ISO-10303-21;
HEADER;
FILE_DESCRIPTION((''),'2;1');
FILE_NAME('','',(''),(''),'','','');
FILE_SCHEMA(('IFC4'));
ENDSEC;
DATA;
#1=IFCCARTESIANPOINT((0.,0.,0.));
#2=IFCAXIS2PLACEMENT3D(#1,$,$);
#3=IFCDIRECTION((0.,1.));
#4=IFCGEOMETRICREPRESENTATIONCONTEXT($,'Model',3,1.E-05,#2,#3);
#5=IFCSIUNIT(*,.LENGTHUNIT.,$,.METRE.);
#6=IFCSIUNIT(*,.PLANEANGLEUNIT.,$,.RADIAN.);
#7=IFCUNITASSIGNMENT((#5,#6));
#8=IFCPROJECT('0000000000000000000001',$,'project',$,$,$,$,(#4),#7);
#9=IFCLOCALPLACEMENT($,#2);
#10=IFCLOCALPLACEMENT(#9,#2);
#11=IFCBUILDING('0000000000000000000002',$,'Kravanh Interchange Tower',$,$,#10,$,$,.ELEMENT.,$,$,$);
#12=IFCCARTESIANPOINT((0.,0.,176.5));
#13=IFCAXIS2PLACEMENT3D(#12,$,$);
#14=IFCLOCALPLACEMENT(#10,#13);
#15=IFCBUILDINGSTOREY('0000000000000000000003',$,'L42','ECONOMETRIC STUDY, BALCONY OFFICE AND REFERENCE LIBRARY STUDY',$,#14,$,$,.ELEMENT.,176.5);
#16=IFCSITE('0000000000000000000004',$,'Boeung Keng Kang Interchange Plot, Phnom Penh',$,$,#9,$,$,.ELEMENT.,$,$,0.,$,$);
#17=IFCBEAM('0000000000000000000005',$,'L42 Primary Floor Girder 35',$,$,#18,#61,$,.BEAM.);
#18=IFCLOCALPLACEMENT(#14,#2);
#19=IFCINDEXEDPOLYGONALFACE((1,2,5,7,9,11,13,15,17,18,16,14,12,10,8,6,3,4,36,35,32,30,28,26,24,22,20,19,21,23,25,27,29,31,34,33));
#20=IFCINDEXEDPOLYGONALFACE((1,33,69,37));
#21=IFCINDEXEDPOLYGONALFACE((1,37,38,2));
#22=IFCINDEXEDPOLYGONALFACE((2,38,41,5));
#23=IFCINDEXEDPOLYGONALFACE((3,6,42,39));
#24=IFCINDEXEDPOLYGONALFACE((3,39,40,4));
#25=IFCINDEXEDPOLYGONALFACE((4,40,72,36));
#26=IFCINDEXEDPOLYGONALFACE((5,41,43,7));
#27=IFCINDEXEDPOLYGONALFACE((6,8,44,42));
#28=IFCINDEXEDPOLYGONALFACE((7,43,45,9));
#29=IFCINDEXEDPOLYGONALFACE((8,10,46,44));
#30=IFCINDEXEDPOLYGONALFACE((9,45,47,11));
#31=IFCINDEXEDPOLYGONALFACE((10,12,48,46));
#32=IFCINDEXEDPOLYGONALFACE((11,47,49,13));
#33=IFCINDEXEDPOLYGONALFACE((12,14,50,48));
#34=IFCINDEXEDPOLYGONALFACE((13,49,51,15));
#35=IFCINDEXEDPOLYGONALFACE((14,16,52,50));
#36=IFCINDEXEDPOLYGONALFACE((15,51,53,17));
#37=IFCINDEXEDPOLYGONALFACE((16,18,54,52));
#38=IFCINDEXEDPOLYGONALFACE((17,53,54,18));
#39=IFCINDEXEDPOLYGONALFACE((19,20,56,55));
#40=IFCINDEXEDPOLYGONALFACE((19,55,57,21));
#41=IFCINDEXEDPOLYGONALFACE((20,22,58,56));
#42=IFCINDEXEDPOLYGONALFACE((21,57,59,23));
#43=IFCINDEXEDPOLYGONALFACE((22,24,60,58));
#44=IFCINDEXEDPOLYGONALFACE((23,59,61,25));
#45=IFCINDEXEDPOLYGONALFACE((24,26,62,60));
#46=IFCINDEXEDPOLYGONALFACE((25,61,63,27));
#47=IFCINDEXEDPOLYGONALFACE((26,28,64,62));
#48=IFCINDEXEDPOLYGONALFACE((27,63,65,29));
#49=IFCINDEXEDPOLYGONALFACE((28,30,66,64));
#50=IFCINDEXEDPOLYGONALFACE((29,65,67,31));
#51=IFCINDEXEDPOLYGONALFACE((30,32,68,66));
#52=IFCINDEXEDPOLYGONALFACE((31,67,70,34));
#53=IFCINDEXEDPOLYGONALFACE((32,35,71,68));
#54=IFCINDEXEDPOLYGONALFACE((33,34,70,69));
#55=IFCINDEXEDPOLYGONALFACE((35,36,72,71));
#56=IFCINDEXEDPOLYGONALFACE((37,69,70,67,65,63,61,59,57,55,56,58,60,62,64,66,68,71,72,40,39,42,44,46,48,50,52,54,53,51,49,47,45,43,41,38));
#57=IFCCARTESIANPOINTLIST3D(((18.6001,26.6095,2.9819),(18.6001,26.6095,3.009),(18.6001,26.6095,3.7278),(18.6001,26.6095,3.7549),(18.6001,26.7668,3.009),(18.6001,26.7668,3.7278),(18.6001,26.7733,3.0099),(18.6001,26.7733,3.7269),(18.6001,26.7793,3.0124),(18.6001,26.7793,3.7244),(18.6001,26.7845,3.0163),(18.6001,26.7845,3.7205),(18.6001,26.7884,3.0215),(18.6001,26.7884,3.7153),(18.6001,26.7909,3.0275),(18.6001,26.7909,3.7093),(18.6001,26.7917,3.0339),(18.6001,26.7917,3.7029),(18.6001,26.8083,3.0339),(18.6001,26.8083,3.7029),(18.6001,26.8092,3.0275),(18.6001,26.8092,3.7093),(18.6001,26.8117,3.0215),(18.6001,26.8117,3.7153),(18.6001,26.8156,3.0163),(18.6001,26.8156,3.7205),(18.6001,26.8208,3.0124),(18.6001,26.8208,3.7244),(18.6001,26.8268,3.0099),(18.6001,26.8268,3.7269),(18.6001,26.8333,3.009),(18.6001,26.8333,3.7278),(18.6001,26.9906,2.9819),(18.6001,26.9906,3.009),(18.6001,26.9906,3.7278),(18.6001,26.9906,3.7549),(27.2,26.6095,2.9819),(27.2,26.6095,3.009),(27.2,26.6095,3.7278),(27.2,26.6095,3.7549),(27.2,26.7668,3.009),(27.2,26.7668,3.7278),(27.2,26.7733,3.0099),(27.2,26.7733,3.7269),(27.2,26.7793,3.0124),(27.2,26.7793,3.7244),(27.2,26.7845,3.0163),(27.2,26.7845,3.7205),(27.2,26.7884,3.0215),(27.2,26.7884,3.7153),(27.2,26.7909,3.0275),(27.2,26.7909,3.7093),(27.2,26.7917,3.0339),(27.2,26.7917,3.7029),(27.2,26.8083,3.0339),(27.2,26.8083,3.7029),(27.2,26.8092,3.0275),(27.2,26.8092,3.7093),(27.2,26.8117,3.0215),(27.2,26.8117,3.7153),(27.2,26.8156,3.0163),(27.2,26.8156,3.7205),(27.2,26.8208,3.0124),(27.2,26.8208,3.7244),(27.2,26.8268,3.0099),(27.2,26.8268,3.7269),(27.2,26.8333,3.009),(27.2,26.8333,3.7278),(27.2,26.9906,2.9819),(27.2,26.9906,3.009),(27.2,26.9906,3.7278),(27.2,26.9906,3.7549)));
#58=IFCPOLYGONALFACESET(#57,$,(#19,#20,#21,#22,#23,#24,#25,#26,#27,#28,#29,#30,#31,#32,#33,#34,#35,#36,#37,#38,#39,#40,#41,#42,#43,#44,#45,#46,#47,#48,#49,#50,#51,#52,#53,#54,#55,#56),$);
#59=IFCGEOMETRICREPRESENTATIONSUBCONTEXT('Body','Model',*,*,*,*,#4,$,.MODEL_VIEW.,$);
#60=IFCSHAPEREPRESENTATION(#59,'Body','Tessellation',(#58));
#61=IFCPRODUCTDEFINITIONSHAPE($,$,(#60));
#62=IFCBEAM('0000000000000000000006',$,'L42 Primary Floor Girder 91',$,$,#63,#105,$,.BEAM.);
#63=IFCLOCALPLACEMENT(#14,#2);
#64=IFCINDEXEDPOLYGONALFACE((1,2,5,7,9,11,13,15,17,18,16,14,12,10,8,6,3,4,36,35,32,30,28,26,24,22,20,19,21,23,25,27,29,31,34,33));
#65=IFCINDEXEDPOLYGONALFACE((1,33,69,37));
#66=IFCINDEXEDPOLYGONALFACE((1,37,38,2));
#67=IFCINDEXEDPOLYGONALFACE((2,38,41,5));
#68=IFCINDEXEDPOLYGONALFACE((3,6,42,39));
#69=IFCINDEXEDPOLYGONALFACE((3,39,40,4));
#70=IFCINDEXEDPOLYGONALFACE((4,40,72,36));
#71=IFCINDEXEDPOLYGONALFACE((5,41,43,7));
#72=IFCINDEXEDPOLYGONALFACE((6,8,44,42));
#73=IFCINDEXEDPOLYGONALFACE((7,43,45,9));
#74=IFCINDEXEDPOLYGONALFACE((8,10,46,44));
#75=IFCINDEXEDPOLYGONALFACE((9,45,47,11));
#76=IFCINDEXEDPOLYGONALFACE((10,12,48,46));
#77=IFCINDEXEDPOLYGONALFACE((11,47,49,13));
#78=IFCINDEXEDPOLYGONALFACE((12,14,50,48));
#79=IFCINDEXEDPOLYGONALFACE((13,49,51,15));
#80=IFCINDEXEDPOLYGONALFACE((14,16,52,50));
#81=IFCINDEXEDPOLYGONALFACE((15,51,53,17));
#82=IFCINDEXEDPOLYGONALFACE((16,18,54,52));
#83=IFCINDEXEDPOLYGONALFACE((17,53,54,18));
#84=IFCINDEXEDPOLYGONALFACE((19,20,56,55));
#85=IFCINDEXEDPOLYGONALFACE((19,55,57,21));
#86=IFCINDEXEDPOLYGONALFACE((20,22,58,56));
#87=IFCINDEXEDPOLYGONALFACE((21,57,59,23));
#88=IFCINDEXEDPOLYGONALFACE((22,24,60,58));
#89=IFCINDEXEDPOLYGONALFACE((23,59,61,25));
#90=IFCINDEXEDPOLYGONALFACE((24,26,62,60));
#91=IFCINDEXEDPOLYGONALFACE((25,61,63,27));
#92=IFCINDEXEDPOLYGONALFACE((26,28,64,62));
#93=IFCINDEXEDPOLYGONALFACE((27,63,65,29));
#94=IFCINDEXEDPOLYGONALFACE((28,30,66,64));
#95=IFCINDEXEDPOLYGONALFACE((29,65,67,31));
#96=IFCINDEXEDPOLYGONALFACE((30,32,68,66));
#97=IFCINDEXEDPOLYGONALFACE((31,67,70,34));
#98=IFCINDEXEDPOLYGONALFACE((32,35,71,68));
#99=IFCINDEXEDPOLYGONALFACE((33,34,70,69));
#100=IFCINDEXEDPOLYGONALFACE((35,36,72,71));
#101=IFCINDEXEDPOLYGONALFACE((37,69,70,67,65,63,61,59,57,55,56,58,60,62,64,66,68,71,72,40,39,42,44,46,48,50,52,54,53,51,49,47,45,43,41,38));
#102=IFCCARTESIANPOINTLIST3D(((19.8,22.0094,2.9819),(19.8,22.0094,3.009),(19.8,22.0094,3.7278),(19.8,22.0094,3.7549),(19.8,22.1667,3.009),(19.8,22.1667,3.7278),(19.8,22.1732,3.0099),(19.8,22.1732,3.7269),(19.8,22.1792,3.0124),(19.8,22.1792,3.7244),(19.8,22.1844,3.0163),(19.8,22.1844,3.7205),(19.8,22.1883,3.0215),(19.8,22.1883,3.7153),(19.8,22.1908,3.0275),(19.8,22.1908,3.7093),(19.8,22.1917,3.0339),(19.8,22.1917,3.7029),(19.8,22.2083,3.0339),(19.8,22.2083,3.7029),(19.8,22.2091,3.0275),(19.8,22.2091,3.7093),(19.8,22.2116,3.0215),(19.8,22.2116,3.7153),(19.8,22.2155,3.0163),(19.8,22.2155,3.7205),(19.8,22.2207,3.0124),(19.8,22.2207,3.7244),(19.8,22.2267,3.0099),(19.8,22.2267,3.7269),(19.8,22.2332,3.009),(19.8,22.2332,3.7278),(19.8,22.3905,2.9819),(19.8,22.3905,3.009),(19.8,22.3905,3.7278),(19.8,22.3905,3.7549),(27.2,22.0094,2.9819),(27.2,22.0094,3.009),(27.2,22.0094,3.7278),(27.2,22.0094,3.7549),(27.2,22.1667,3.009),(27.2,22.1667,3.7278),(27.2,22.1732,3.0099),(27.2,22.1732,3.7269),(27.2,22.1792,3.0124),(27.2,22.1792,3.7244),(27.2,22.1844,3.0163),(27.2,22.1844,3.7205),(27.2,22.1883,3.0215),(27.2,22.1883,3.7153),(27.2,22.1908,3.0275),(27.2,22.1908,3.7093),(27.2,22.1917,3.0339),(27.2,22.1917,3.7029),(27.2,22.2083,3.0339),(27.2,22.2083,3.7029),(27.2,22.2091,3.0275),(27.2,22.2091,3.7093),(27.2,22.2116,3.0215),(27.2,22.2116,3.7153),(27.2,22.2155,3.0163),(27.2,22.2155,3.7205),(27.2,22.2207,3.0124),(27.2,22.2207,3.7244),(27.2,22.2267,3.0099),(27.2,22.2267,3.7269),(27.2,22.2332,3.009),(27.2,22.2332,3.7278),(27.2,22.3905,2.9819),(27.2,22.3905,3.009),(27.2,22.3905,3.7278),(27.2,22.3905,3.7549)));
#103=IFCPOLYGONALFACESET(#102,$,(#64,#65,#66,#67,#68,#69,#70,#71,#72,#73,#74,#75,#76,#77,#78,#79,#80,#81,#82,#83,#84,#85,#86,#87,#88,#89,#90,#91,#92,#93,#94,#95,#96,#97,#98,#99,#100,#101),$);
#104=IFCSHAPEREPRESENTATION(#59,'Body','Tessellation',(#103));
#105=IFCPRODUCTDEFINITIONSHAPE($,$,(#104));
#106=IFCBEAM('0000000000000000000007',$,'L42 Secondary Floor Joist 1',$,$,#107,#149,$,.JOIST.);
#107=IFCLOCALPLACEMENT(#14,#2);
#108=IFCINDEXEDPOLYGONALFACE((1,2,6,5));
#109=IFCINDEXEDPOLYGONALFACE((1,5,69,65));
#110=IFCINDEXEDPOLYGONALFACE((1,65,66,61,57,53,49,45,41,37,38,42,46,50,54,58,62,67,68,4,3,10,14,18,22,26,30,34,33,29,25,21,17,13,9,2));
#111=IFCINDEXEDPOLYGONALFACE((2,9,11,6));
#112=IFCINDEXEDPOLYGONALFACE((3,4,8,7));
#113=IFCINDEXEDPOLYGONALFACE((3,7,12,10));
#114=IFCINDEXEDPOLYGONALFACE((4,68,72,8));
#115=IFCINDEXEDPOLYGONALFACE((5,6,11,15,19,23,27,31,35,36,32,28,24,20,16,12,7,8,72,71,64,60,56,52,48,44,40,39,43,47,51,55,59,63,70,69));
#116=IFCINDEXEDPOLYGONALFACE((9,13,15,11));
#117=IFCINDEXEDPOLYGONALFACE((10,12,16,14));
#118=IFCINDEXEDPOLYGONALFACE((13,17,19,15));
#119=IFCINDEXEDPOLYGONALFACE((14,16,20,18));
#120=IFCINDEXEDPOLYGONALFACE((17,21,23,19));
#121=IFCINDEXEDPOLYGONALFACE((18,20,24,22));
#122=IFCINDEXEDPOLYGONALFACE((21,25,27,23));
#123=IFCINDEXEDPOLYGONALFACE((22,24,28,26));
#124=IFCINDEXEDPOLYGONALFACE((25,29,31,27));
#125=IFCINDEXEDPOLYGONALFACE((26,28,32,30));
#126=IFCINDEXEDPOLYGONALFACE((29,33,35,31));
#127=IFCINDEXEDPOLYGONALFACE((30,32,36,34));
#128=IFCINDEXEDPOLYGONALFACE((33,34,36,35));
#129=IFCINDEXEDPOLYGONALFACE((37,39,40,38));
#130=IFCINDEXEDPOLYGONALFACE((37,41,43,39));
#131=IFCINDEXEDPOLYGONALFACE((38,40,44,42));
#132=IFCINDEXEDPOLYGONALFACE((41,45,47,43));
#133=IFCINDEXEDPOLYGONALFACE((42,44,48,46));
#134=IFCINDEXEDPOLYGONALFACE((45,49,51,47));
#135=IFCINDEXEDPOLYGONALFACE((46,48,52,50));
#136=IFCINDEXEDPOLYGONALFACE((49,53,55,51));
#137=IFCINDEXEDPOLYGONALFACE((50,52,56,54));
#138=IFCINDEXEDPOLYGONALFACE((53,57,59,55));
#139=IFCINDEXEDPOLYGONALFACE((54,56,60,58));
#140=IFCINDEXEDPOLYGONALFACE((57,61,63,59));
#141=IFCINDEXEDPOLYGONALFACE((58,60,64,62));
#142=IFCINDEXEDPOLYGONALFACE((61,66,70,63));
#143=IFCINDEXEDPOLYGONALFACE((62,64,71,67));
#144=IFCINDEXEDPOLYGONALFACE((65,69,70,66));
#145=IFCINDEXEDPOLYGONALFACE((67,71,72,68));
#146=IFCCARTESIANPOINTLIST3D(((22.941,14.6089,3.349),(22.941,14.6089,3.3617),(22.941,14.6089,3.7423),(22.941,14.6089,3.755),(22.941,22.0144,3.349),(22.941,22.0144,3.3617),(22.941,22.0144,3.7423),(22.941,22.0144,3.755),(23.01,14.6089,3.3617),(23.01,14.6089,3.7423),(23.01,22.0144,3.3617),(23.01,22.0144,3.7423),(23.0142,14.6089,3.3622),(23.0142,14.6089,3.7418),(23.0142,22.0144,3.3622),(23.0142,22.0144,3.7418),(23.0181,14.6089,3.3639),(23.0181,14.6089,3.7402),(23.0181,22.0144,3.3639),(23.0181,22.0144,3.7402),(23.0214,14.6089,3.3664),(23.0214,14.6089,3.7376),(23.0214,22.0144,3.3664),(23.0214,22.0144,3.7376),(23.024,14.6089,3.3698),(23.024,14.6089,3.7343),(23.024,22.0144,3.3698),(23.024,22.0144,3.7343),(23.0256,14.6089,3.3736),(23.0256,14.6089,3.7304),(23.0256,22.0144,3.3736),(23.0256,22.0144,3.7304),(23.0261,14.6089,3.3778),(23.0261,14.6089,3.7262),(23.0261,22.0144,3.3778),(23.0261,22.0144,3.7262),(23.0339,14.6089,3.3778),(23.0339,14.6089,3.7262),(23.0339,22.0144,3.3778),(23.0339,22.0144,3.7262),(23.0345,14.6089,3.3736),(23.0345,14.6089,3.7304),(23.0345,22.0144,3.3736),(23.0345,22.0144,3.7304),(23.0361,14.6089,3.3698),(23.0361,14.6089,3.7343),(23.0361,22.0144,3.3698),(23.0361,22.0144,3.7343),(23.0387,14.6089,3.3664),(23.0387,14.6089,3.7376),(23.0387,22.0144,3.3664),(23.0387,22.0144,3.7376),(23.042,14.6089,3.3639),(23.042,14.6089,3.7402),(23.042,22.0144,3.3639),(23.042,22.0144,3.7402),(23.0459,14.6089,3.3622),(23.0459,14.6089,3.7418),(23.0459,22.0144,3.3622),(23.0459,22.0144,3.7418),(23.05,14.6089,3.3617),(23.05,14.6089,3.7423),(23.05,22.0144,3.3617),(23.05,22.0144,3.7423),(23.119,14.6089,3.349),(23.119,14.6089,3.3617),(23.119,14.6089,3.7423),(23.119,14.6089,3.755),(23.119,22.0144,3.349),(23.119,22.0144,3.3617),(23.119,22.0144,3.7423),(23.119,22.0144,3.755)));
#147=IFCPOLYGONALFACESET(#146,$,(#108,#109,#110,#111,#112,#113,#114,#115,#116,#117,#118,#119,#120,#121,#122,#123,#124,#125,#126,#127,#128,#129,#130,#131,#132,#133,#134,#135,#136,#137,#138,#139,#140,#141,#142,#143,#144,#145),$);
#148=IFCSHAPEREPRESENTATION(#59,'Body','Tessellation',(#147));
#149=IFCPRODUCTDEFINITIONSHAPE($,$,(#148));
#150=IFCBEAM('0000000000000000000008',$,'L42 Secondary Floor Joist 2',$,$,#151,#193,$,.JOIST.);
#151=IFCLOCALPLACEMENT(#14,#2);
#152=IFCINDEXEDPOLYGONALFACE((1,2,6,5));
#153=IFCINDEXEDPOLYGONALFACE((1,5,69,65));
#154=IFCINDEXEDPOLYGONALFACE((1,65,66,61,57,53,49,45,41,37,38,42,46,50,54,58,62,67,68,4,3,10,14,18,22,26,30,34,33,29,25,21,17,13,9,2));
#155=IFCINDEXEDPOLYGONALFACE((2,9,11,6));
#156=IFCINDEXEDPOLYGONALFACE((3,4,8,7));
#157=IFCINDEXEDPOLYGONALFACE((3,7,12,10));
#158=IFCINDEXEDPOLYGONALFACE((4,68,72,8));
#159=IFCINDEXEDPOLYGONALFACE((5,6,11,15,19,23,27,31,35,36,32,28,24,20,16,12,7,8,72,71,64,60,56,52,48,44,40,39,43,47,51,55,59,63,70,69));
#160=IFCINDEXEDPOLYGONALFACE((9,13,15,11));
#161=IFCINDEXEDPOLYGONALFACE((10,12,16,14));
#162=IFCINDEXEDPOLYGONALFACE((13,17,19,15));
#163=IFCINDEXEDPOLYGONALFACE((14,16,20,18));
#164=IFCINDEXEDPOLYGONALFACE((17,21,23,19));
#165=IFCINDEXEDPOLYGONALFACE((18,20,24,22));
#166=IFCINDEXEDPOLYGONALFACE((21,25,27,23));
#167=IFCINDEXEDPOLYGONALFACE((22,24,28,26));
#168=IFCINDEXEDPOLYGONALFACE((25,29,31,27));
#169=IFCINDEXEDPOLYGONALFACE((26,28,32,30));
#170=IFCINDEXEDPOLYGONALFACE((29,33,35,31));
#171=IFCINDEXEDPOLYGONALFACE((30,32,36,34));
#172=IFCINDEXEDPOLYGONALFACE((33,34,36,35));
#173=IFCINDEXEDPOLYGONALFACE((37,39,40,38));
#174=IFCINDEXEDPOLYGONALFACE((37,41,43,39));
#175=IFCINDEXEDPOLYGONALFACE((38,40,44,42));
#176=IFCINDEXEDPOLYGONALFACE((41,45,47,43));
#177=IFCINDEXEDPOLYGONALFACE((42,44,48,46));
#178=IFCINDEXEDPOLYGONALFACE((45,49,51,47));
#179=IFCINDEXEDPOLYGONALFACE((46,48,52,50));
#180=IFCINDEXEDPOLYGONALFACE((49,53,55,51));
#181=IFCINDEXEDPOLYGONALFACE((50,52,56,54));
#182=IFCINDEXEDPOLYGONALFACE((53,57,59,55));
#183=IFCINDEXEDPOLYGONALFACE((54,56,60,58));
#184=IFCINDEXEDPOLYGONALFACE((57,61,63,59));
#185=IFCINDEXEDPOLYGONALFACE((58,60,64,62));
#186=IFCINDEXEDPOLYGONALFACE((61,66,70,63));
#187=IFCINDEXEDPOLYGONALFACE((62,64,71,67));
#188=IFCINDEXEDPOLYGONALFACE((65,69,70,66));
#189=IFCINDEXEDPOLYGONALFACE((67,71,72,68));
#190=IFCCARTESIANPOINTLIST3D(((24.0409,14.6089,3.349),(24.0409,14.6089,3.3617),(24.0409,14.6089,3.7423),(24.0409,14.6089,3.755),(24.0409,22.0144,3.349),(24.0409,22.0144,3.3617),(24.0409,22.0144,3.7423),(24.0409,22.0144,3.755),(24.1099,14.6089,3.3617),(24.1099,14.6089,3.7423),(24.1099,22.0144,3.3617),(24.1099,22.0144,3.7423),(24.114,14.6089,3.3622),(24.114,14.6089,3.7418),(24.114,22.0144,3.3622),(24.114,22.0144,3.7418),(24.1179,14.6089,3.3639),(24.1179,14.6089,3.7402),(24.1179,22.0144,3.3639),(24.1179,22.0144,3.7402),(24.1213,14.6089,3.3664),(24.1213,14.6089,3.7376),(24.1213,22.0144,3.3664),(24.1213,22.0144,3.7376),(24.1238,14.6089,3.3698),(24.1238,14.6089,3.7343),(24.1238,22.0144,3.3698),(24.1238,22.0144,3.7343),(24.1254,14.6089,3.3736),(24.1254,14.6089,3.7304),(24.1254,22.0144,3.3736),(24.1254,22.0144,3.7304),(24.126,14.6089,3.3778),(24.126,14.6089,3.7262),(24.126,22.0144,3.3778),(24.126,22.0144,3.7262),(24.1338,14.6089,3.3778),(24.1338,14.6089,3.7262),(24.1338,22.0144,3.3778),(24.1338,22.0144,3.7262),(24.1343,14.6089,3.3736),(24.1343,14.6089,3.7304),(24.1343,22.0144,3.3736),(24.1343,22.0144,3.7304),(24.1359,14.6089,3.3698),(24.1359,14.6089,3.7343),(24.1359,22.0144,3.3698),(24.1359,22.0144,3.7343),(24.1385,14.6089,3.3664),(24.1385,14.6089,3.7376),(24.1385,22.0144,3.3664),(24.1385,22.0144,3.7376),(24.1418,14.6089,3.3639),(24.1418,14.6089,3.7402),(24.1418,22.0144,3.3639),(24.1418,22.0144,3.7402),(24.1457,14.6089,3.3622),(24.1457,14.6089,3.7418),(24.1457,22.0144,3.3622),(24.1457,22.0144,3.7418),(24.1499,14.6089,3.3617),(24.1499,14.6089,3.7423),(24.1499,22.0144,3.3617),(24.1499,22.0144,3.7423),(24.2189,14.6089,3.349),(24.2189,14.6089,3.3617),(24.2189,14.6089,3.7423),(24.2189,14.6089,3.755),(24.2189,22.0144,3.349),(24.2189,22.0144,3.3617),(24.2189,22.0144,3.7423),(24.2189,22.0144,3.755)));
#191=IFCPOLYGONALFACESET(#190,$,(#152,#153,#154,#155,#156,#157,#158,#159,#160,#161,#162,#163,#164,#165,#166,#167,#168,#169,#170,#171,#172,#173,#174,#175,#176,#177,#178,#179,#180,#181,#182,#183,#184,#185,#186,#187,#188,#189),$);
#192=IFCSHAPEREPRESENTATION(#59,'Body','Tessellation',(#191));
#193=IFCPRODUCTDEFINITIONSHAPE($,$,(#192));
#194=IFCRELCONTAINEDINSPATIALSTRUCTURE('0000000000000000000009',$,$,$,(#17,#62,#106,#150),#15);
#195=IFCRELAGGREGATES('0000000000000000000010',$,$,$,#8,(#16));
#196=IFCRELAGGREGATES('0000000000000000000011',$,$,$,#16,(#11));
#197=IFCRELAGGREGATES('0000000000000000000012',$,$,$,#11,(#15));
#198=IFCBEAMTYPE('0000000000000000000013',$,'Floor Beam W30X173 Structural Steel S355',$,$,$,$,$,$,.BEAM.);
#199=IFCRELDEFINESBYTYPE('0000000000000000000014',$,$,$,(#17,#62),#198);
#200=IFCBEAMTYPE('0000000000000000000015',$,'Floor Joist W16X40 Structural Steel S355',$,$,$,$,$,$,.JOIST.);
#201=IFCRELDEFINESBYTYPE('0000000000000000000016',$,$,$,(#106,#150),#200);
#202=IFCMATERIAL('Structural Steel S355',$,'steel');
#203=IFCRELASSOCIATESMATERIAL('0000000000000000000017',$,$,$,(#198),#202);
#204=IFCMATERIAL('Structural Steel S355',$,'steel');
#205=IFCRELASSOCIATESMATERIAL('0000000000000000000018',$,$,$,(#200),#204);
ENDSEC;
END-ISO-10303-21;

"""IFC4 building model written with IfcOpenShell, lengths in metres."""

from ifc_helpers import new_model, si_unit, direction, frame, origin, origin_2d, place, context, subcontext, project, spatial, i_section, extrude, material, material_profile, profile_set, type_object, element, save


model = new_model("IFC4")

# Units and contexts
model_context = context("Model", 3, precision=1e-05, world=origin(), true_north=direction((0.0, 1.0)))
body_context = subcontext(model_context, "Body", "Model", "MODEL_VIEW")
ifc_project = project(units=[si_unit("LENGTHUNIT", "METRE"), si_unit("PLANEANGLEUNIT", "RADIAN")], contexts=[model_context])

# Site, building, storey
site_placement = place(None, origin())
site = spatial("IfcSite", under=ifc_project, at=site_placement, Name="Boeung Keng Kang Interchange Plot, Phnom Penh", CompositionType="ELEMENT", RefElevation=0.0)
building_placement = place(site_placement, origin())
building = spatial("IfcBuilding", under=site, at=building_placement, Name="Kravanh Interchange Tower", CompositionType="ELEMENT")
storey_placement = place(building_placement, frame((0.0, 0.0, 176.5)))
storey = spatial("IfcBuildingStorey", under=building, at=storey_placement, Name="L42", Description="ECONOMETRIC STUDY, BALCONY OFFICE AND REFERENCE LIBRARY STUDY", CompositionType="ELEMENT", Elevation=176.5)

# Beams
ifc_material_1 = material(Name="Structural Steel S355", Category="steel")
ifc_material_profile_1 = material_profile(ifc_material_1, i_section(OverallWidth=0.3811, OverallDepth=0.7729, WebThickness=0.0166, FlangeThickness=0.0271, FilletRadius=0.0249, at=origin_2d()), Name="W30X173")
ifc_profile_set_1 = profile_set([ifc_material_profile_1], Name="Structural Steel S355")
beam_type_1 = type_object("IfcBeamType", Name="Floor Beam W30X173 Structural Steel S355", PredefinedType="BEAM", material=ifc_profile_set_1)
beam_1_placement = place(storey_placement, frame((18.6001, 26.8, 3.3684), z_axis=(1.0, 0.0, 0.0), x_axis=(0.0, 1.0, 0.0)))
element("IfcBeam", 1, at=beam_1_placement, inside=storey, type_object=beam_type_1, Name="L42 Primary Floor Girder 35", PredefinedType="BEAM", context=body_context, shape_type="SweptSolid", body=[
    extrude(i_section(OverallWidth=0.3811, OverallDepth=0.7729, WebThickness=0.0166, FlangeThickness=0.0271, FilletRadius=0.0249, at=origin_2d()), origin(), (0.0, 0.0, 1.0), 8.5999),
])
beam_2_placement = place(storey_placement, frame((19.8, 22.2, 3.3684), z_axis=(1.0, 0.0, 0.0), x_axis=(0.0, 1.0, 0.0)))
element("IfcBeam", 2, at=beam_2_placement, inside=storey, type_object=beam_type_1, Name="L42 Primary Floor Girder 91", PredefinedType="BEAM", context=body_context, shape_type="SweptSolid", body=[
    extrude(i_section(OverallWidth=0.3811, OverallDepth=0.7729, WebThickness=0.0166, FlangeThickness=0.0271, FilletRadius=0.0249, at=origin_2d()), origin(), (0.0, 0.0, 1.0), 7.3999),
])
ifc_material_2 = material(Name="Structural Steel S355", Category="steel")
ifc_material_profile_2 = material_profile(ifc_material_2, i_section(OverallWidth=0.178, OverallDepth=0.406, WebThickness=0.0078, FlangeThickness=0.0127, FilletRadius=0.0161, at=origin_2d()), Name="W16X40")
ifc_profile_set_2 = profile_set([ifc_material_profile_2], Name="Structural Steel S355")
beam_type_2 = type_object("IfcBeamType", Name="Floor Joist W16X40 Structural Steel S355", PredefinedType="JOIST", material=ifc_profile_set_2)
for number, where, z_axis, x_axis, name in (
    (3, (23.03, 14.6089, 3.552), (0.0, 1.0, 0.0), (-1.0, 0.0, 0.0), "L42 Secondary Floor Joist 1"),
    (4, (24.1299, 14.6089, 3.552), (0.0, 1.0, 0.0), (-1.0, 0.0, 0.0), "L42 Secondary Floor Joist 2"),
):
    element("IfcBeam", number, at=place(storey_placement, frame(where, z_axis=z_axis, x_axis=x_axis)), inside=storey, type_object=beam_type_2, Name=name, PredefinedType="JOIST", context=body_context, shape_type="SweptSolid", body=[
        extrude(i_section(OverallWidth=0.178, OverallDepth=0.406, WebThickness=0.0078, FlangeThickness=0.0127, FilletRadius=0.0161, at=origin_2d()), origin(), (0.0, 0.0, 1.0), 7.4055),
    ])

save(model, "model.ifc")
